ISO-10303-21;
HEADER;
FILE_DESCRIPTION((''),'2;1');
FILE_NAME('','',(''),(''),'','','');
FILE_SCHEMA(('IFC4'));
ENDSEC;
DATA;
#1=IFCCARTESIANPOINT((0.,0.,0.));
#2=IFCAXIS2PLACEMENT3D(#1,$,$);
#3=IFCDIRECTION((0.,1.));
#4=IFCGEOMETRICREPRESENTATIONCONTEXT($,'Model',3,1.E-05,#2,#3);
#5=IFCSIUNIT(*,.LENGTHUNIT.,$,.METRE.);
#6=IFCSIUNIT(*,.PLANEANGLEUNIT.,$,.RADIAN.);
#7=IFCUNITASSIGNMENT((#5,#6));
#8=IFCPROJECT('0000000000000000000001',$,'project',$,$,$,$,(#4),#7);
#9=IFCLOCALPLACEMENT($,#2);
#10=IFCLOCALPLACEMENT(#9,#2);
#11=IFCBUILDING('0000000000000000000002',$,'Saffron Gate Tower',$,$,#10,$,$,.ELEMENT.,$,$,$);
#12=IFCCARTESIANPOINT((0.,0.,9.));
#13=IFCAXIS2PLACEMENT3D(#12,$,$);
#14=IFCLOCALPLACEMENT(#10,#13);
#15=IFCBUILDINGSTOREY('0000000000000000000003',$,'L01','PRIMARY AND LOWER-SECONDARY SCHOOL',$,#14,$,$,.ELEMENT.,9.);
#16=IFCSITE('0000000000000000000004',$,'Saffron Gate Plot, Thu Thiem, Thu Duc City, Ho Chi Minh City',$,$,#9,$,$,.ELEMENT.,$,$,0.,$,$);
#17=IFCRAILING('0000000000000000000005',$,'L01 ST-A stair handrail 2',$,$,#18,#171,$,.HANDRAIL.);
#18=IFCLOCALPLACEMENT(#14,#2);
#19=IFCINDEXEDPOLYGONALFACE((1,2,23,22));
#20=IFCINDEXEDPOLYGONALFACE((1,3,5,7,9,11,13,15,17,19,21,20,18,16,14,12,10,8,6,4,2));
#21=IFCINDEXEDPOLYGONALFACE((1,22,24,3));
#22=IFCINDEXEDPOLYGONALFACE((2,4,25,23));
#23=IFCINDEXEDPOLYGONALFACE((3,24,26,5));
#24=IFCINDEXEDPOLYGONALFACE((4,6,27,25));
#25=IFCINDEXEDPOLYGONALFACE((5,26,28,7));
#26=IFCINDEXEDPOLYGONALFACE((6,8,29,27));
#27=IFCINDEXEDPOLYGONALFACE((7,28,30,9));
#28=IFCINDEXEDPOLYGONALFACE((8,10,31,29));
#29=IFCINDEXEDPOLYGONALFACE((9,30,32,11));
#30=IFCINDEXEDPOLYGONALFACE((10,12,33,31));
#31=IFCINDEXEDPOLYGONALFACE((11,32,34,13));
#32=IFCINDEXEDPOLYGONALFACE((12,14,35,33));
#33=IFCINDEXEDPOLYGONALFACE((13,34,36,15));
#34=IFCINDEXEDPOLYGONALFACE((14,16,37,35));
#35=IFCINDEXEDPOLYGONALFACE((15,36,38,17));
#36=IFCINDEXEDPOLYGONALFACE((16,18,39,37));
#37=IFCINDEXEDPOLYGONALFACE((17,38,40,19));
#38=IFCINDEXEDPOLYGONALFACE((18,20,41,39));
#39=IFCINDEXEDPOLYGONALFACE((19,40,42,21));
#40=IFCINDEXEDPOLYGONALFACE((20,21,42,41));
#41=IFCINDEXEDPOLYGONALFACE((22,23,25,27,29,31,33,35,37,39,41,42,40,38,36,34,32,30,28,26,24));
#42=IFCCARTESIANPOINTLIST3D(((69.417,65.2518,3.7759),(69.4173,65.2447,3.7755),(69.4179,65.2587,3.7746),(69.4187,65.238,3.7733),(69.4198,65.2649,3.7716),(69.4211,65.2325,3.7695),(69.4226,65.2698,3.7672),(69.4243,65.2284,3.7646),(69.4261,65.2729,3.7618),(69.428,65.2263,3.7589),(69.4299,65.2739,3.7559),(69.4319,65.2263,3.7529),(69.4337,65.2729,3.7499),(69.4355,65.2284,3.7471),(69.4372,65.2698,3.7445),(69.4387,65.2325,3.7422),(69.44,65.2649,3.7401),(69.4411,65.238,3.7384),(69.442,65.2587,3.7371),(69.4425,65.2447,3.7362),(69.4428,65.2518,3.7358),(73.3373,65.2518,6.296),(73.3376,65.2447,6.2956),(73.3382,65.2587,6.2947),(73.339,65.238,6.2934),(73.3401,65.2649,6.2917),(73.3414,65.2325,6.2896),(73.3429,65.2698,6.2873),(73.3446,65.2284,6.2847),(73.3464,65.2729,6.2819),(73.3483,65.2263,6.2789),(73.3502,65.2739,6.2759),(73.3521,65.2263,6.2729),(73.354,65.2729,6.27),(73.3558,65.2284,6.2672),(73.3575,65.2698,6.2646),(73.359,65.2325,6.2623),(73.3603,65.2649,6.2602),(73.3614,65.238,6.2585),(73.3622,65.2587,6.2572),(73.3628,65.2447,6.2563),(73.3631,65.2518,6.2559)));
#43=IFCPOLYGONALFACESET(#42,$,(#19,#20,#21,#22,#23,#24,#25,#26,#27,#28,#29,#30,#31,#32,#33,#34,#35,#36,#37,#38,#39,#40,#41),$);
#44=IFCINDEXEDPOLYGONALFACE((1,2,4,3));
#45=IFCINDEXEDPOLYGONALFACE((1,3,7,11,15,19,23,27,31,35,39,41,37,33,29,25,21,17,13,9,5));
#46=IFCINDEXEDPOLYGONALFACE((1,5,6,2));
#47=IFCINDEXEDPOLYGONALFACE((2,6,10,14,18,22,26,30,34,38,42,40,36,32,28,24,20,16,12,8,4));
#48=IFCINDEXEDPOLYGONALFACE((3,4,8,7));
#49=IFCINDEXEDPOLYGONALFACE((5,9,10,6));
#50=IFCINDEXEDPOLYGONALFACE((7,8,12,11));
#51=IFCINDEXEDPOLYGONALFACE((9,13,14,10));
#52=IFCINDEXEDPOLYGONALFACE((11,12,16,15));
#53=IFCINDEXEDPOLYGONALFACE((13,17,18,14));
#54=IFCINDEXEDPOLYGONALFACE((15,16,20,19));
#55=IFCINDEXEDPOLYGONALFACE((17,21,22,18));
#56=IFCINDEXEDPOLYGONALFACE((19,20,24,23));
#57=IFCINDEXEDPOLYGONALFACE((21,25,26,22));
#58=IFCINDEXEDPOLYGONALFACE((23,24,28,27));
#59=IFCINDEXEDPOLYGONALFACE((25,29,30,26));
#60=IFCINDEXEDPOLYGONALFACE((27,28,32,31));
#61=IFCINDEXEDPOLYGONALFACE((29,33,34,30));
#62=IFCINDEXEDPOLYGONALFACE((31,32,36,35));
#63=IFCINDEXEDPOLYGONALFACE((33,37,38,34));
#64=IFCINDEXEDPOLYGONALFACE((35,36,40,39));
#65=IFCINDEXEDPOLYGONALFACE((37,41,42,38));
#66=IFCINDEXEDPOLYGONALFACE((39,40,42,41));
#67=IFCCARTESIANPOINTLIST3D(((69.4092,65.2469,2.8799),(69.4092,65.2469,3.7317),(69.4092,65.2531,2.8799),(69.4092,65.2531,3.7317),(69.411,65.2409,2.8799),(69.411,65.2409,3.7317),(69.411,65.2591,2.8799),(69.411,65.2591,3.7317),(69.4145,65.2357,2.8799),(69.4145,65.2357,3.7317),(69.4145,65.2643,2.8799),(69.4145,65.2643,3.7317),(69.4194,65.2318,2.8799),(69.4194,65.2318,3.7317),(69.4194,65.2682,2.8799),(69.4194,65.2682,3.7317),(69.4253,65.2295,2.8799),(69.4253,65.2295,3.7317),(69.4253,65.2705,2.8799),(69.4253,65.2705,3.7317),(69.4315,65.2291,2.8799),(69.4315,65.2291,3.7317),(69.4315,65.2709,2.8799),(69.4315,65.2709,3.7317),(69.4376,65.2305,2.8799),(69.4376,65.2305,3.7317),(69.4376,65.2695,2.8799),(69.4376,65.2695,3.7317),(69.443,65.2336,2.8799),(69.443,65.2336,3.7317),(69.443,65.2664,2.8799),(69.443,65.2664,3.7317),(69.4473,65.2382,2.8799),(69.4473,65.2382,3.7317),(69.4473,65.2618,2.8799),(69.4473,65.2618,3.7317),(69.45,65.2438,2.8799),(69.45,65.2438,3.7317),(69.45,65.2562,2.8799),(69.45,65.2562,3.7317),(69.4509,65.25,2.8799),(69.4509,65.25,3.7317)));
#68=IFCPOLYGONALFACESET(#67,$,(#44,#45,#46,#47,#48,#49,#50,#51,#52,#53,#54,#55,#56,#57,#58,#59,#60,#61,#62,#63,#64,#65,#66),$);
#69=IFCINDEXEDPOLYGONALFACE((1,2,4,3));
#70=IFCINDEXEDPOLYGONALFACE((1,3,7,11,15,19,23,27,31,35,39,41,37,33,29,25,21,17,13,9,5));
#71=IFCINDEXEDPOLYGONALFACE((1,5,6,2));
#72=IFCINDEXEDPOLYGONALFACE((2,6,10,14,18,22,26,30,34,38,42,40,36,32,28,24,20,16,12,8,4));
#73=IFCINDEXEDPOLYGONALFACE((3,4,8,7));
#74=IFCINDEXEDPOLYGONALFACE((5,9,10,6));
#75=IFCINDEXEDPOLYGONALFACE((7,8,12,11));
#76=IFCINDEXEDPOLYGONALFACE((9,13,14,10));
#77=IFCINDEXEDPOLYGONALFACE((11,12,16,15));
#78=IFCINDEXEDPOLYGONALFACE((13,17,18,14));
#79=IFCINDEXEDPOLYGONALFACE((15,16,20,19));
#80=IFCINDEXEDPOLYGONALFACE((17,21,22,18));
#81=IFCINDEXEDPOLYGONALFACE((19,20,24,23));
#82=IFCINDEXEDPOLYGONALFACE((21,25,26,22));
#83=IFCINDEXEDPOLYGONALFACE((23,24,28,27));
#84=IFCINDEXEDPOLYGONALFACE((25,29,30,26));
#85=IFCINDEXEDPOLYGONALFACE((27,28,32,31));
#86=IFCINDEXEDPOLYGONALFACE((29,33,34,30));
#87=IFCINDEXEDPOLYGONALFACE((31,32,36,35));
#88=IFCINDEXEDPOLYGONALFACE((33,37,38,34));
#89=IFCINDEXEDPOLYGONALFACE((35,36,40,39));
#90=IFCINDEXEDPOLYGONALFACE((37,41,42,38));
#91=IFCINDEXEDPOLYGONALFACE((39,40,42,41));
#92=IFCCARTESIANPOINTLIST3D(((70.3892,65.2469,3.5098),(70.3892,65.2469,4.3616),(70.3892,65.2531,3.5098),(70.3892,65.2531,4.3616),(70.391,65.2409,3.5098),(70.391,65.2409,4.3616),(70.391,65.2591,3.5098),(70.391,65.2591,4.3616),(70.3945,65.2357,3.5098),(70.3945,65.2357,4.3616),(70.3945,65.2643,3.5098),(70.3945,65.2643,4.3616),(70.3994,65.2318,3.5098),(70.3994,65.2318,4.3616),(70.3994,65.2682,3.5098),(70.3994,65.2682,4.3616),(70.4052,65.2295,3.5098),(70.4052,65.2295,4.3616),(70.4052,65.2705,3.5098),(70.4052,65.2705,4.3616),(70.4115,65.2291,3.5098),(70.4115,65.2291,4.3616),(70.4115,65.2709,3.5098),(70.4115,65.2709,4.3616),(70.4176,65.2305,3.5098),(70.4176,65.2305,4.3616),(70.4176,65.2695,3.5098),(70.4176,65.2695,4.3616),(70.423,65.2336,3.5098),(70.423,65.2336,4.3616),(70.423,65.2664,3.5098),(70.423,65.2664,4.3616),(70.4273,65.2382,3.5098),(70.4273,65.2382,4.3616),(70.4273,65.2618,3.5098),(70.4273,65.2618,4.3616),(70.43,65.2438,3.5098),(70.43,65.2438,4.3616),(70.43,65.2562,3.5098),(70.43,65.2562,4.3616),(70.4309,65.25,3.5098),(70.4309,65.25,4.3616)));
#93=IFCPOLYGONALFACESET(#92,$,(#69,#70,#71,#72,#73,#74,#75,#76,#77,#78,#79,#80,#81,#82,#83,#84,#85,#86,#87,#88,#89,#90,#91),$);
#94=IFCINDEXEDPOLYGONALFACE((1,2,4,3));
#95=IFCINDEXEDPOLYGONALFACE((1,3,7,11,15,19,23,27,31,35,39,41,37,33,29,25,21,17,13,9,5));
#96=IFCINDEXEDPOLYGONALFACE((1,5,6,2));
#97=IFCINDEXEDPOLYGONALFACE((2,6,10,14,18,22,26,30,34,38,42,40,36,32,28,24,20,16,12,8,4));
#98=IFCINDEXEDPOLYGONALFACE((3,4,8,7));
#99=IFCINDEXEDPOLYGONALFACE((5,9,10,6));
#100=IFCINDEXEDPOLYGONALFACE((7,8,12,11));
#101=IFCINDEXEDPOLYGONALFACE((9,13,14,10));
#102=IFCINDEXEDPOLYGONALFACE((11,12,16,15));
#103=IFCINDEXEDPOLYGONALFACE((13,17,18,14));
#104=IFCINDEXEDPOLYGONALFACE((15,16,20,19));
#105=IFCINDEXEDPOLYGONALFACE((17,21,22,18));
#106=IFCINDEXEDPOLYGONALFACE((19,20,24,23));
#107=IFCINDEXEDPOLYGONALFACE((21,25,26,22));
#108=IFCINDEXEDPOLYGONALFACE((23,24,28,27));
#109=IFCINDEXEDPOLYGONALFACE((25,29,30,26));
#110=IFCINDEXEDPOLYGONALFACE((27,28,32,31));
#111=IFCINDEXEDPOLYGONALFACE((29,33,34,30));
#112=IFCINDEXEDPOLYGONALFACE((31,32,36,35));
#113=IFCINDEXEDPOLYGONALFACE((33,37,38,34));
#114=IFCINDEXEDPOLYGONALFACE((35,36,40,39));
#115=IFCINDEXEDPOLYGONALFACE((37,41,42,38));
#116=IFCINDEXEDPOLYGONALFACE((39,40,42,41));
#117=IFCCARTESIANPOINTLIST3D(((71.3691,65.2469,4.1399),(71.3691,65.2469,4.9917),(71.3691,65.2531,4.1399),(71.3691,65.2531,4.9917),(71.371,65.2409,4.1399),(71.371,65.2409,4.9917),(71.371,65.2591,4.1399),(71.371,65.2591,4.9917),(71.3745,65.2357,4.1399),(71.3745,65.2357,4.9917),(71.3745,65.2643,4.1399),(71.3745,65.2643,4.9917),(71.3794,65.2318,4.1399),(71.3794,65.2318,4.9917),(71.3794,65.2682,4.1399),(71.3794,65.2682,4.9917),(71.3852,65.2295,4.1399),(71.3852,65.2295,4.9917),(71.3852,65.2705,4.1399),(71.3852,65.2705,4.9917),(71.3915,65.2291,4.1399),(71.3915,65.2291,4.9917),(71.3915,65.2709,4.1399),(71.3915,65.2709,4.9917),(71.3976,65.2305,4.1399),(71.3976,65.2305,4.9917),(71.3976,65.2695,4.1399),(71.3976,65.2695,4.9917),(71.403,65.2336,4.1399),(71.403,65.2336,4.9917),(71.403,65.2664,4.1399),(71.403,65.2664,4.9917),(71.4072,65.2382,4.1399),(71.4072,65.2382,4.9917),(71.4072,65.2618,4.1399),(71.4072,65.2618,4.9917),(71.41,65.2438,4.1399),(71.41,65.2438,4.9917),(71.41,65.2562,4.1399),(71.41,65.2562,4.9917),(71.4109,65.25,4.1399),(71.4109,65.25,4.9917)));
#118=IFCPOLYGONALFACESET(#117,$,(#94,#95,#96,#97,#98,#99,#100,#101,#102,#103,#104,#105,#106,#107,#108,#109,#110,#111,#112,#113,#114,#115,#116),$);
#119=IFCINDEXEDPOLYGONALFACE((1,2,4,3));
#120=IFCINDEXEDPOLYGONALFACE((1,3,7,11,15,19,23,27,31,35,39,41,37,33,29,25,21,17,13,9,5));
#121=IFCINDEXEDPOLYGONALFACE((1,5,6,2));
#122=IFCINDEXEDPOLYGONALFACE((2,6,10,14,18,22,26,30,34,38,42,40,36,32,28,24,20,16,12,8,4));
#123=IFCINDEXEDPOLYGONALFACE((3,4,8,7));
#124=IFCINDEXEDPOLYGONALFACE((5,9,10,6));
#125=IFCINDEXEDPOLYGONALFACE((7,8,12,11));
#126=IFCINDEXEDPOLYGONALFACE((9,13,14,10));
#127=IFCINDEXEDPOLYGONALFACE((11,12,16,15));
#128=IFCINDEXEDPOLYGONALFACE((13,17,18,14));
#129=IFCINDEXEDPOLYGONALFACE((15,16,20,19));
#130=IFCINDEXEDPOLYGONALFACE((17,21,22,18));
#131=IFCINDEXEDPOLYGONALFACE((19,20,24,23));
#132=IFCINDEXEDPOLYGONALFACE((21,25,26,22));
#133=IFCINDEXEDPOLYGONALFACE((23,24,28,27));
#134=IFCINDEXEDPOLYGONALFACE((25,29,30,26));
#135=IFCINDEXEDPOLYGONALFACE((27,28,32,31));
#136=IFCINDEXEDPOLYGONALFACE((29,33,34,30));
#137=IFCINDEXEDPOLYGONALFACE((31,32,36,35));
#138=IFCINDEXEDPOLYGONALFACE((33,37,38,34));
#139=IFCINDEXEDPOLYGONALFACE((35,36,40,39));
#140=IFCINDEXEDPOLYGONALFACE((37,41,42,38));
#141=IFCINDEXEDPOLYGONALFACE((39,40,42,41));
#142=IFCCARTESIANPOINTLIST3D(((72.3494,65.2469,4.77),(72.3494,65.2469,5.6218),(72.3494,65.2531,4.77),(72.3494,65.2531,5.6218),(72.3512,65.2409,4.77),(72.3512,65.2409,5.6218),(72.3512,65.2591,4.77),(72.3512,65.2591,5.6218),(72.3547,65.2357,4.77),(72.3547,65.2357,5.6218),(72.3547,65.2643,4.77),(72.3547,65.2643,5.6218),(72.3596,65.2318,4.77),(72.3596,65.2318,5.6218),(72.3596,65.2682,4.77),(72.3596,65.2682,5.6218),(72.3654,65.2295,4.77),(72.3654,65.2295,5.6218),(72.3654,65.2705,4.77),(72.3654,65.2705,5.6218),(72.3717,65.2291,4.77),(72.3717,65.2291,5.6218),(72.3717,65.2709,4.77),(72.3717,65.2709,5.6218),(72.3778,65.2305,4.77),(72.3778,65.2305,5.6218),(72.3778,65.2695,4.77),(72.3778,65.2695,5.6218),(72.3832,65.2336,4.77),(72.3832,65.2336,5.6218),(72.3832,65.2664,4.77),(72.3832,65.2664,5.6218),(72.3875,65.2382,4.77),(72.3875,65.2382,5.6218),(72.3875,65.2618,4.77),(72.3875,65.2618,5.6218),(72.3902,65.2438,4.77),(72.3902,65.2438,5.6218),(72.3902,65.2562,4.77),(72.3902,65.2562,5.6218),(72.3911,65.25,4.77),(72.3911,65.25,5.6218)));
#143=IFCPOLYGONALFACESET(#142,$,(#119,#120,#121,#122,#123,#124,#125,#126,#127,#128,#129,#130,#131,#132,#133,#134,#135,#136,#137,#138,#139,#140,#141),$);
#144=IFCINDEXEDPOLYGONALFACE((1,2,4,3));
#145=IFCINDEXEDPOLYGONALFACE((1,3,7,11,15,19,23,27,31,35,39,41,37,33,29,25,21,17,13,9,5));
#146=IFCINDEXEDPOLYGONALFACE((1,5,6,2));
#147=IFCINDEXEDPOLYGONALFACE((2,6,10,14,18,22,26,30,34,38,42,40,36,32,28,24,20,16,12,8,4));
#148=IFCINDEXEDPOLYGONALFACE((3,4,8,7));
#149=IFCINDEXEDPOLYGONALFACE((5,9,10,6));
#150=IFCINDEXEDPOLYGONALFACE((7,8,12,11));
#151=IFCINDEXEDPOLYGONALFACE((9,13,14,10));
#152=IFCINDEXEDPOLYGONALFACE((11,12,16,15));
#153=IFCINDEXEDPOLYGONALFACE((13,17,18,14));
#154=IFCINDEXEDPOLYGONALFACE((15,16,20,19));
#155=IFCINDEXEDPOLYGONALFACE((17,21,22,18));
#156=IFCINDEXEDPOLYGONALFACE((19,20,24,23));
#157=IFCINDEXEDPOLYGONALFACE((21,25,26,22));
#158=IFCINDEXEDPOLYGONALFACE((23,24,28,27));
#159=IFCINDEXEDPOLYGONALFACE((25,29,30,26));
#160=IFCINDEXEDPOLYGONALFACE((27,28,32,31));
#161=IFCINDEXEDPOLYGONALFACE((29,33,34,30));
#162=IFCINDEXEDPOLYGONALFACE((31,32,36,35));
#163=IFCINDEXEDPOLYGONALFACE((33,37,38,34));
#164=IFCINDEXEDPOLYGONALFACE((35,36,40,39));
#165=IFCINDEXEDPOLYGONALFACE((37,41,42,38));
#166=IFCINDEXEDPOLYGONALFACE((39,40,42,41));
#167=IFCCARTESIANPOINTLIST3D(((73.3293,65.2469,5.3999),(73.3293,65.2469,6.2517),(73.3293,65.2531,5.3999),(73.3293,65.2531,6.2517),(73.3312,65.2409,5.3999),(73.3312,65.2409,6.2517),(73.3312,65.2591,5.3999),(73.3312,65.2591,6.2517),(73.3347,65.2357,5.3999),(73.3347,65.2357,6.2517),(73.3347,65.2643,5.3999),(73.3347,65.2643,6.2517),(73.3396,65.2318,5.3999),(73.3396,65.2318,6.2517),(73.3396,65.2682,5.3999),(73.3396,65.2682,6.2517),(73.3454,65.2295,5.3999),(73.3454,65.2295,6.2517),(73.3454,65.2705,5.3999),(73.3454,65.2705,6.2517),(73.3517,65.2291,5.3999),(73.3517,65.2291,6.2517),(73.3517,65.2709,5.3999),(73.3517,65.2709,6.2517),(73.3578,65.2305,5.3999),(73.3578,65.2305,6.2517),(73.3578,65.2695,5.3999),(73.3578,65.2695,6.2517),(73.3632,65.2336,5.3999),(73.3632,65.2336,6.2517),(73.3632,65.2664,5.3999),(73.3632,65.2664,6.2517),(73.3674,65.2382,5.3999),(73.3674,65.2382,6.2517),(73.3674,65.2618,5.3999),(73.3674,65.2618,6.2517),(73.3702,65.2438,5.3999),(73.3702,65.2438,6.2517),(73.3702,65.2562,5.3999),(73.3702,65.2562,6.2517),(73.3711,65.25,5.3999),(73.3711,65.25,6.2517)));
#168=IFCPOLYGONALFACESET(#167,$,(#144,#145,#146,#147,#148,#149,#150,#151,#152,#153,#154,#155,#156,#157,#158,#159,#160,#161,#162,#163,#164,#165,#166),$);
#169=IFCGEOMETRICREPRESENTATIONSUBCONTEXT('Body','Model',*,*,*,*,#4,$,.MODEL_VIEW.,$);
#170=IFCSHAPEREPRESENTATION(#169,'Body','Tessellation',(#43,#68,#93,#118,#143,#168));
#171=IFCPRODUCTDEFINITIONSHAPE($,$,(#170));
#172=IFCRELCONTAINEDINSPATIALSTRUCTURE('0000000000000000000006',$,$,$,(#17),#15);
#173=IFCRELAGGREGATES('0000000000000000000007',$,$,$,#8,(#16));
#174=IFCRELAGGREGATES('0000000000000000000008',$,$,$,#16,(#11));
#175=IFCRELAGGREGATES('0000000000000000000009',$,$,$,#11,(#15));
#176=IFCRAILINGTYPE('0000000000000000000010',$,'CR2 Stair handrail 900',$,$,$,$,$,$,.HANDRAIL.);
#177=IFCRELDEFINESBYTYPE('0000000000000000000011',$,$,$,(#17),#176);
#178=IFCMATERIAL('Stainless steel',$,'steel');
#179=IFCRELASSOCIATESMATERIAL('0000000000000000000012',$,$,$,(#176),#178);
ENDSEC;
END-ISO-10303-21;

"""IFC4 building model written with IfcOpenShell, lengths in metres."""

from ifc_helpers import new_model, si_unit, direction, frame, origin, origin_2d, place, context, subcontext, project, spatial, circle, extrude, material, type_object, element, save


model = new_model("IFC4")

# Units and contexts
model_context = context("Model", 3, precision=1e-05, world=origin(), true_north=direction((0.0, 1.0)))
body_context = subcontext(model_context, "Body", "Model", "MODEL_VIEW")
ifc_project = project(units=[si_unit("LENGTHUNIT", "METRE"), si_unit("PLANEANGLEUNIT", "RADIAN")], contexts=[model_context])

# Site, building, storey
site_placement = place(None, origin())
site = spatial("IfcSite", under=ifc_project, at=site_placement, Name="Saffron Gate Plot, Thu Thiem, Thu Duc City, Ho Chi Minh City", CompositionType="ELEMENT", RefElevation=0.0)
building_placement = place(site_placement, origin())
building = spatial("IfcBuilding", under=site, at=building_placement, Name="Saffron Gate Tower", CompositionType="ELEMENT")
storey_placement = place(building_placement, frame((0.0, 0.0, 9.0)))
storey = spatial("IfcBuildingStorey", under=building, at=storey_placement, Name="L01", Description="PRIMARY AND LOWER-SECONDARY SCHOOL", CompositionType="ELEMENT", Elevation=9.0)

# Railing
ifc_material_1 = material(Name="Stainless steel", Category="steel")
railing_type = type_object("IfcRailingType", Name="CR2 Stair handrail 900", PredefinedType="HANDRAIL", material=ifc_material_1)
railing_placement = place(storey_placement, frame((69.4299, 65.25, 2.8799)))
element("IfcRailing", 1, at=railing_placement, inside=storey, type_object=railing_type, Name="L01 ST-A stair handrail 2", PredefinedType="HANDRAIL", context=body_context, shape_type="SweptSolid", body=[
    extrude(circle(Radius=0.0239, at=origin_2d()), frame((0.0, 0.0, 0.876), z_axis=(0.841187, 0.0, 0.540744), x_axis=(0.0, 1.0, 0.0)), (0.0, 0.0, 1.0), 4.6604),
    extrude(circle(Radius=0.021, at=origin_2d()), origin(), (0.0, 0.0, 1.0), 0.8518),
    extrude(circle(Radius=0.021, at=origin_2d()), frame((0.98, 0.0, 0.6299)), (0.0, 0.0, 1.0), 0.8518),
    extrude(circle(Radius=0.021, at=origin_2d()), frame((1.96, 0.0, 1.26)), (0.0, 0.0, 1.0), 0.8518),
    extrude(circle(Radius=0.021, at=origin_2d()), frame((2.9402, 0.0, 1.8901)), (0.0, 0.0, 1.0), 0.8518),
    extrude(circle(Radius=0.021, at=origin_2d()), frame((3.9202, 0.0, 2.52)), (0.0, 0.0, 1.0), 0.8518),
])

save(model, "model.ifc")
